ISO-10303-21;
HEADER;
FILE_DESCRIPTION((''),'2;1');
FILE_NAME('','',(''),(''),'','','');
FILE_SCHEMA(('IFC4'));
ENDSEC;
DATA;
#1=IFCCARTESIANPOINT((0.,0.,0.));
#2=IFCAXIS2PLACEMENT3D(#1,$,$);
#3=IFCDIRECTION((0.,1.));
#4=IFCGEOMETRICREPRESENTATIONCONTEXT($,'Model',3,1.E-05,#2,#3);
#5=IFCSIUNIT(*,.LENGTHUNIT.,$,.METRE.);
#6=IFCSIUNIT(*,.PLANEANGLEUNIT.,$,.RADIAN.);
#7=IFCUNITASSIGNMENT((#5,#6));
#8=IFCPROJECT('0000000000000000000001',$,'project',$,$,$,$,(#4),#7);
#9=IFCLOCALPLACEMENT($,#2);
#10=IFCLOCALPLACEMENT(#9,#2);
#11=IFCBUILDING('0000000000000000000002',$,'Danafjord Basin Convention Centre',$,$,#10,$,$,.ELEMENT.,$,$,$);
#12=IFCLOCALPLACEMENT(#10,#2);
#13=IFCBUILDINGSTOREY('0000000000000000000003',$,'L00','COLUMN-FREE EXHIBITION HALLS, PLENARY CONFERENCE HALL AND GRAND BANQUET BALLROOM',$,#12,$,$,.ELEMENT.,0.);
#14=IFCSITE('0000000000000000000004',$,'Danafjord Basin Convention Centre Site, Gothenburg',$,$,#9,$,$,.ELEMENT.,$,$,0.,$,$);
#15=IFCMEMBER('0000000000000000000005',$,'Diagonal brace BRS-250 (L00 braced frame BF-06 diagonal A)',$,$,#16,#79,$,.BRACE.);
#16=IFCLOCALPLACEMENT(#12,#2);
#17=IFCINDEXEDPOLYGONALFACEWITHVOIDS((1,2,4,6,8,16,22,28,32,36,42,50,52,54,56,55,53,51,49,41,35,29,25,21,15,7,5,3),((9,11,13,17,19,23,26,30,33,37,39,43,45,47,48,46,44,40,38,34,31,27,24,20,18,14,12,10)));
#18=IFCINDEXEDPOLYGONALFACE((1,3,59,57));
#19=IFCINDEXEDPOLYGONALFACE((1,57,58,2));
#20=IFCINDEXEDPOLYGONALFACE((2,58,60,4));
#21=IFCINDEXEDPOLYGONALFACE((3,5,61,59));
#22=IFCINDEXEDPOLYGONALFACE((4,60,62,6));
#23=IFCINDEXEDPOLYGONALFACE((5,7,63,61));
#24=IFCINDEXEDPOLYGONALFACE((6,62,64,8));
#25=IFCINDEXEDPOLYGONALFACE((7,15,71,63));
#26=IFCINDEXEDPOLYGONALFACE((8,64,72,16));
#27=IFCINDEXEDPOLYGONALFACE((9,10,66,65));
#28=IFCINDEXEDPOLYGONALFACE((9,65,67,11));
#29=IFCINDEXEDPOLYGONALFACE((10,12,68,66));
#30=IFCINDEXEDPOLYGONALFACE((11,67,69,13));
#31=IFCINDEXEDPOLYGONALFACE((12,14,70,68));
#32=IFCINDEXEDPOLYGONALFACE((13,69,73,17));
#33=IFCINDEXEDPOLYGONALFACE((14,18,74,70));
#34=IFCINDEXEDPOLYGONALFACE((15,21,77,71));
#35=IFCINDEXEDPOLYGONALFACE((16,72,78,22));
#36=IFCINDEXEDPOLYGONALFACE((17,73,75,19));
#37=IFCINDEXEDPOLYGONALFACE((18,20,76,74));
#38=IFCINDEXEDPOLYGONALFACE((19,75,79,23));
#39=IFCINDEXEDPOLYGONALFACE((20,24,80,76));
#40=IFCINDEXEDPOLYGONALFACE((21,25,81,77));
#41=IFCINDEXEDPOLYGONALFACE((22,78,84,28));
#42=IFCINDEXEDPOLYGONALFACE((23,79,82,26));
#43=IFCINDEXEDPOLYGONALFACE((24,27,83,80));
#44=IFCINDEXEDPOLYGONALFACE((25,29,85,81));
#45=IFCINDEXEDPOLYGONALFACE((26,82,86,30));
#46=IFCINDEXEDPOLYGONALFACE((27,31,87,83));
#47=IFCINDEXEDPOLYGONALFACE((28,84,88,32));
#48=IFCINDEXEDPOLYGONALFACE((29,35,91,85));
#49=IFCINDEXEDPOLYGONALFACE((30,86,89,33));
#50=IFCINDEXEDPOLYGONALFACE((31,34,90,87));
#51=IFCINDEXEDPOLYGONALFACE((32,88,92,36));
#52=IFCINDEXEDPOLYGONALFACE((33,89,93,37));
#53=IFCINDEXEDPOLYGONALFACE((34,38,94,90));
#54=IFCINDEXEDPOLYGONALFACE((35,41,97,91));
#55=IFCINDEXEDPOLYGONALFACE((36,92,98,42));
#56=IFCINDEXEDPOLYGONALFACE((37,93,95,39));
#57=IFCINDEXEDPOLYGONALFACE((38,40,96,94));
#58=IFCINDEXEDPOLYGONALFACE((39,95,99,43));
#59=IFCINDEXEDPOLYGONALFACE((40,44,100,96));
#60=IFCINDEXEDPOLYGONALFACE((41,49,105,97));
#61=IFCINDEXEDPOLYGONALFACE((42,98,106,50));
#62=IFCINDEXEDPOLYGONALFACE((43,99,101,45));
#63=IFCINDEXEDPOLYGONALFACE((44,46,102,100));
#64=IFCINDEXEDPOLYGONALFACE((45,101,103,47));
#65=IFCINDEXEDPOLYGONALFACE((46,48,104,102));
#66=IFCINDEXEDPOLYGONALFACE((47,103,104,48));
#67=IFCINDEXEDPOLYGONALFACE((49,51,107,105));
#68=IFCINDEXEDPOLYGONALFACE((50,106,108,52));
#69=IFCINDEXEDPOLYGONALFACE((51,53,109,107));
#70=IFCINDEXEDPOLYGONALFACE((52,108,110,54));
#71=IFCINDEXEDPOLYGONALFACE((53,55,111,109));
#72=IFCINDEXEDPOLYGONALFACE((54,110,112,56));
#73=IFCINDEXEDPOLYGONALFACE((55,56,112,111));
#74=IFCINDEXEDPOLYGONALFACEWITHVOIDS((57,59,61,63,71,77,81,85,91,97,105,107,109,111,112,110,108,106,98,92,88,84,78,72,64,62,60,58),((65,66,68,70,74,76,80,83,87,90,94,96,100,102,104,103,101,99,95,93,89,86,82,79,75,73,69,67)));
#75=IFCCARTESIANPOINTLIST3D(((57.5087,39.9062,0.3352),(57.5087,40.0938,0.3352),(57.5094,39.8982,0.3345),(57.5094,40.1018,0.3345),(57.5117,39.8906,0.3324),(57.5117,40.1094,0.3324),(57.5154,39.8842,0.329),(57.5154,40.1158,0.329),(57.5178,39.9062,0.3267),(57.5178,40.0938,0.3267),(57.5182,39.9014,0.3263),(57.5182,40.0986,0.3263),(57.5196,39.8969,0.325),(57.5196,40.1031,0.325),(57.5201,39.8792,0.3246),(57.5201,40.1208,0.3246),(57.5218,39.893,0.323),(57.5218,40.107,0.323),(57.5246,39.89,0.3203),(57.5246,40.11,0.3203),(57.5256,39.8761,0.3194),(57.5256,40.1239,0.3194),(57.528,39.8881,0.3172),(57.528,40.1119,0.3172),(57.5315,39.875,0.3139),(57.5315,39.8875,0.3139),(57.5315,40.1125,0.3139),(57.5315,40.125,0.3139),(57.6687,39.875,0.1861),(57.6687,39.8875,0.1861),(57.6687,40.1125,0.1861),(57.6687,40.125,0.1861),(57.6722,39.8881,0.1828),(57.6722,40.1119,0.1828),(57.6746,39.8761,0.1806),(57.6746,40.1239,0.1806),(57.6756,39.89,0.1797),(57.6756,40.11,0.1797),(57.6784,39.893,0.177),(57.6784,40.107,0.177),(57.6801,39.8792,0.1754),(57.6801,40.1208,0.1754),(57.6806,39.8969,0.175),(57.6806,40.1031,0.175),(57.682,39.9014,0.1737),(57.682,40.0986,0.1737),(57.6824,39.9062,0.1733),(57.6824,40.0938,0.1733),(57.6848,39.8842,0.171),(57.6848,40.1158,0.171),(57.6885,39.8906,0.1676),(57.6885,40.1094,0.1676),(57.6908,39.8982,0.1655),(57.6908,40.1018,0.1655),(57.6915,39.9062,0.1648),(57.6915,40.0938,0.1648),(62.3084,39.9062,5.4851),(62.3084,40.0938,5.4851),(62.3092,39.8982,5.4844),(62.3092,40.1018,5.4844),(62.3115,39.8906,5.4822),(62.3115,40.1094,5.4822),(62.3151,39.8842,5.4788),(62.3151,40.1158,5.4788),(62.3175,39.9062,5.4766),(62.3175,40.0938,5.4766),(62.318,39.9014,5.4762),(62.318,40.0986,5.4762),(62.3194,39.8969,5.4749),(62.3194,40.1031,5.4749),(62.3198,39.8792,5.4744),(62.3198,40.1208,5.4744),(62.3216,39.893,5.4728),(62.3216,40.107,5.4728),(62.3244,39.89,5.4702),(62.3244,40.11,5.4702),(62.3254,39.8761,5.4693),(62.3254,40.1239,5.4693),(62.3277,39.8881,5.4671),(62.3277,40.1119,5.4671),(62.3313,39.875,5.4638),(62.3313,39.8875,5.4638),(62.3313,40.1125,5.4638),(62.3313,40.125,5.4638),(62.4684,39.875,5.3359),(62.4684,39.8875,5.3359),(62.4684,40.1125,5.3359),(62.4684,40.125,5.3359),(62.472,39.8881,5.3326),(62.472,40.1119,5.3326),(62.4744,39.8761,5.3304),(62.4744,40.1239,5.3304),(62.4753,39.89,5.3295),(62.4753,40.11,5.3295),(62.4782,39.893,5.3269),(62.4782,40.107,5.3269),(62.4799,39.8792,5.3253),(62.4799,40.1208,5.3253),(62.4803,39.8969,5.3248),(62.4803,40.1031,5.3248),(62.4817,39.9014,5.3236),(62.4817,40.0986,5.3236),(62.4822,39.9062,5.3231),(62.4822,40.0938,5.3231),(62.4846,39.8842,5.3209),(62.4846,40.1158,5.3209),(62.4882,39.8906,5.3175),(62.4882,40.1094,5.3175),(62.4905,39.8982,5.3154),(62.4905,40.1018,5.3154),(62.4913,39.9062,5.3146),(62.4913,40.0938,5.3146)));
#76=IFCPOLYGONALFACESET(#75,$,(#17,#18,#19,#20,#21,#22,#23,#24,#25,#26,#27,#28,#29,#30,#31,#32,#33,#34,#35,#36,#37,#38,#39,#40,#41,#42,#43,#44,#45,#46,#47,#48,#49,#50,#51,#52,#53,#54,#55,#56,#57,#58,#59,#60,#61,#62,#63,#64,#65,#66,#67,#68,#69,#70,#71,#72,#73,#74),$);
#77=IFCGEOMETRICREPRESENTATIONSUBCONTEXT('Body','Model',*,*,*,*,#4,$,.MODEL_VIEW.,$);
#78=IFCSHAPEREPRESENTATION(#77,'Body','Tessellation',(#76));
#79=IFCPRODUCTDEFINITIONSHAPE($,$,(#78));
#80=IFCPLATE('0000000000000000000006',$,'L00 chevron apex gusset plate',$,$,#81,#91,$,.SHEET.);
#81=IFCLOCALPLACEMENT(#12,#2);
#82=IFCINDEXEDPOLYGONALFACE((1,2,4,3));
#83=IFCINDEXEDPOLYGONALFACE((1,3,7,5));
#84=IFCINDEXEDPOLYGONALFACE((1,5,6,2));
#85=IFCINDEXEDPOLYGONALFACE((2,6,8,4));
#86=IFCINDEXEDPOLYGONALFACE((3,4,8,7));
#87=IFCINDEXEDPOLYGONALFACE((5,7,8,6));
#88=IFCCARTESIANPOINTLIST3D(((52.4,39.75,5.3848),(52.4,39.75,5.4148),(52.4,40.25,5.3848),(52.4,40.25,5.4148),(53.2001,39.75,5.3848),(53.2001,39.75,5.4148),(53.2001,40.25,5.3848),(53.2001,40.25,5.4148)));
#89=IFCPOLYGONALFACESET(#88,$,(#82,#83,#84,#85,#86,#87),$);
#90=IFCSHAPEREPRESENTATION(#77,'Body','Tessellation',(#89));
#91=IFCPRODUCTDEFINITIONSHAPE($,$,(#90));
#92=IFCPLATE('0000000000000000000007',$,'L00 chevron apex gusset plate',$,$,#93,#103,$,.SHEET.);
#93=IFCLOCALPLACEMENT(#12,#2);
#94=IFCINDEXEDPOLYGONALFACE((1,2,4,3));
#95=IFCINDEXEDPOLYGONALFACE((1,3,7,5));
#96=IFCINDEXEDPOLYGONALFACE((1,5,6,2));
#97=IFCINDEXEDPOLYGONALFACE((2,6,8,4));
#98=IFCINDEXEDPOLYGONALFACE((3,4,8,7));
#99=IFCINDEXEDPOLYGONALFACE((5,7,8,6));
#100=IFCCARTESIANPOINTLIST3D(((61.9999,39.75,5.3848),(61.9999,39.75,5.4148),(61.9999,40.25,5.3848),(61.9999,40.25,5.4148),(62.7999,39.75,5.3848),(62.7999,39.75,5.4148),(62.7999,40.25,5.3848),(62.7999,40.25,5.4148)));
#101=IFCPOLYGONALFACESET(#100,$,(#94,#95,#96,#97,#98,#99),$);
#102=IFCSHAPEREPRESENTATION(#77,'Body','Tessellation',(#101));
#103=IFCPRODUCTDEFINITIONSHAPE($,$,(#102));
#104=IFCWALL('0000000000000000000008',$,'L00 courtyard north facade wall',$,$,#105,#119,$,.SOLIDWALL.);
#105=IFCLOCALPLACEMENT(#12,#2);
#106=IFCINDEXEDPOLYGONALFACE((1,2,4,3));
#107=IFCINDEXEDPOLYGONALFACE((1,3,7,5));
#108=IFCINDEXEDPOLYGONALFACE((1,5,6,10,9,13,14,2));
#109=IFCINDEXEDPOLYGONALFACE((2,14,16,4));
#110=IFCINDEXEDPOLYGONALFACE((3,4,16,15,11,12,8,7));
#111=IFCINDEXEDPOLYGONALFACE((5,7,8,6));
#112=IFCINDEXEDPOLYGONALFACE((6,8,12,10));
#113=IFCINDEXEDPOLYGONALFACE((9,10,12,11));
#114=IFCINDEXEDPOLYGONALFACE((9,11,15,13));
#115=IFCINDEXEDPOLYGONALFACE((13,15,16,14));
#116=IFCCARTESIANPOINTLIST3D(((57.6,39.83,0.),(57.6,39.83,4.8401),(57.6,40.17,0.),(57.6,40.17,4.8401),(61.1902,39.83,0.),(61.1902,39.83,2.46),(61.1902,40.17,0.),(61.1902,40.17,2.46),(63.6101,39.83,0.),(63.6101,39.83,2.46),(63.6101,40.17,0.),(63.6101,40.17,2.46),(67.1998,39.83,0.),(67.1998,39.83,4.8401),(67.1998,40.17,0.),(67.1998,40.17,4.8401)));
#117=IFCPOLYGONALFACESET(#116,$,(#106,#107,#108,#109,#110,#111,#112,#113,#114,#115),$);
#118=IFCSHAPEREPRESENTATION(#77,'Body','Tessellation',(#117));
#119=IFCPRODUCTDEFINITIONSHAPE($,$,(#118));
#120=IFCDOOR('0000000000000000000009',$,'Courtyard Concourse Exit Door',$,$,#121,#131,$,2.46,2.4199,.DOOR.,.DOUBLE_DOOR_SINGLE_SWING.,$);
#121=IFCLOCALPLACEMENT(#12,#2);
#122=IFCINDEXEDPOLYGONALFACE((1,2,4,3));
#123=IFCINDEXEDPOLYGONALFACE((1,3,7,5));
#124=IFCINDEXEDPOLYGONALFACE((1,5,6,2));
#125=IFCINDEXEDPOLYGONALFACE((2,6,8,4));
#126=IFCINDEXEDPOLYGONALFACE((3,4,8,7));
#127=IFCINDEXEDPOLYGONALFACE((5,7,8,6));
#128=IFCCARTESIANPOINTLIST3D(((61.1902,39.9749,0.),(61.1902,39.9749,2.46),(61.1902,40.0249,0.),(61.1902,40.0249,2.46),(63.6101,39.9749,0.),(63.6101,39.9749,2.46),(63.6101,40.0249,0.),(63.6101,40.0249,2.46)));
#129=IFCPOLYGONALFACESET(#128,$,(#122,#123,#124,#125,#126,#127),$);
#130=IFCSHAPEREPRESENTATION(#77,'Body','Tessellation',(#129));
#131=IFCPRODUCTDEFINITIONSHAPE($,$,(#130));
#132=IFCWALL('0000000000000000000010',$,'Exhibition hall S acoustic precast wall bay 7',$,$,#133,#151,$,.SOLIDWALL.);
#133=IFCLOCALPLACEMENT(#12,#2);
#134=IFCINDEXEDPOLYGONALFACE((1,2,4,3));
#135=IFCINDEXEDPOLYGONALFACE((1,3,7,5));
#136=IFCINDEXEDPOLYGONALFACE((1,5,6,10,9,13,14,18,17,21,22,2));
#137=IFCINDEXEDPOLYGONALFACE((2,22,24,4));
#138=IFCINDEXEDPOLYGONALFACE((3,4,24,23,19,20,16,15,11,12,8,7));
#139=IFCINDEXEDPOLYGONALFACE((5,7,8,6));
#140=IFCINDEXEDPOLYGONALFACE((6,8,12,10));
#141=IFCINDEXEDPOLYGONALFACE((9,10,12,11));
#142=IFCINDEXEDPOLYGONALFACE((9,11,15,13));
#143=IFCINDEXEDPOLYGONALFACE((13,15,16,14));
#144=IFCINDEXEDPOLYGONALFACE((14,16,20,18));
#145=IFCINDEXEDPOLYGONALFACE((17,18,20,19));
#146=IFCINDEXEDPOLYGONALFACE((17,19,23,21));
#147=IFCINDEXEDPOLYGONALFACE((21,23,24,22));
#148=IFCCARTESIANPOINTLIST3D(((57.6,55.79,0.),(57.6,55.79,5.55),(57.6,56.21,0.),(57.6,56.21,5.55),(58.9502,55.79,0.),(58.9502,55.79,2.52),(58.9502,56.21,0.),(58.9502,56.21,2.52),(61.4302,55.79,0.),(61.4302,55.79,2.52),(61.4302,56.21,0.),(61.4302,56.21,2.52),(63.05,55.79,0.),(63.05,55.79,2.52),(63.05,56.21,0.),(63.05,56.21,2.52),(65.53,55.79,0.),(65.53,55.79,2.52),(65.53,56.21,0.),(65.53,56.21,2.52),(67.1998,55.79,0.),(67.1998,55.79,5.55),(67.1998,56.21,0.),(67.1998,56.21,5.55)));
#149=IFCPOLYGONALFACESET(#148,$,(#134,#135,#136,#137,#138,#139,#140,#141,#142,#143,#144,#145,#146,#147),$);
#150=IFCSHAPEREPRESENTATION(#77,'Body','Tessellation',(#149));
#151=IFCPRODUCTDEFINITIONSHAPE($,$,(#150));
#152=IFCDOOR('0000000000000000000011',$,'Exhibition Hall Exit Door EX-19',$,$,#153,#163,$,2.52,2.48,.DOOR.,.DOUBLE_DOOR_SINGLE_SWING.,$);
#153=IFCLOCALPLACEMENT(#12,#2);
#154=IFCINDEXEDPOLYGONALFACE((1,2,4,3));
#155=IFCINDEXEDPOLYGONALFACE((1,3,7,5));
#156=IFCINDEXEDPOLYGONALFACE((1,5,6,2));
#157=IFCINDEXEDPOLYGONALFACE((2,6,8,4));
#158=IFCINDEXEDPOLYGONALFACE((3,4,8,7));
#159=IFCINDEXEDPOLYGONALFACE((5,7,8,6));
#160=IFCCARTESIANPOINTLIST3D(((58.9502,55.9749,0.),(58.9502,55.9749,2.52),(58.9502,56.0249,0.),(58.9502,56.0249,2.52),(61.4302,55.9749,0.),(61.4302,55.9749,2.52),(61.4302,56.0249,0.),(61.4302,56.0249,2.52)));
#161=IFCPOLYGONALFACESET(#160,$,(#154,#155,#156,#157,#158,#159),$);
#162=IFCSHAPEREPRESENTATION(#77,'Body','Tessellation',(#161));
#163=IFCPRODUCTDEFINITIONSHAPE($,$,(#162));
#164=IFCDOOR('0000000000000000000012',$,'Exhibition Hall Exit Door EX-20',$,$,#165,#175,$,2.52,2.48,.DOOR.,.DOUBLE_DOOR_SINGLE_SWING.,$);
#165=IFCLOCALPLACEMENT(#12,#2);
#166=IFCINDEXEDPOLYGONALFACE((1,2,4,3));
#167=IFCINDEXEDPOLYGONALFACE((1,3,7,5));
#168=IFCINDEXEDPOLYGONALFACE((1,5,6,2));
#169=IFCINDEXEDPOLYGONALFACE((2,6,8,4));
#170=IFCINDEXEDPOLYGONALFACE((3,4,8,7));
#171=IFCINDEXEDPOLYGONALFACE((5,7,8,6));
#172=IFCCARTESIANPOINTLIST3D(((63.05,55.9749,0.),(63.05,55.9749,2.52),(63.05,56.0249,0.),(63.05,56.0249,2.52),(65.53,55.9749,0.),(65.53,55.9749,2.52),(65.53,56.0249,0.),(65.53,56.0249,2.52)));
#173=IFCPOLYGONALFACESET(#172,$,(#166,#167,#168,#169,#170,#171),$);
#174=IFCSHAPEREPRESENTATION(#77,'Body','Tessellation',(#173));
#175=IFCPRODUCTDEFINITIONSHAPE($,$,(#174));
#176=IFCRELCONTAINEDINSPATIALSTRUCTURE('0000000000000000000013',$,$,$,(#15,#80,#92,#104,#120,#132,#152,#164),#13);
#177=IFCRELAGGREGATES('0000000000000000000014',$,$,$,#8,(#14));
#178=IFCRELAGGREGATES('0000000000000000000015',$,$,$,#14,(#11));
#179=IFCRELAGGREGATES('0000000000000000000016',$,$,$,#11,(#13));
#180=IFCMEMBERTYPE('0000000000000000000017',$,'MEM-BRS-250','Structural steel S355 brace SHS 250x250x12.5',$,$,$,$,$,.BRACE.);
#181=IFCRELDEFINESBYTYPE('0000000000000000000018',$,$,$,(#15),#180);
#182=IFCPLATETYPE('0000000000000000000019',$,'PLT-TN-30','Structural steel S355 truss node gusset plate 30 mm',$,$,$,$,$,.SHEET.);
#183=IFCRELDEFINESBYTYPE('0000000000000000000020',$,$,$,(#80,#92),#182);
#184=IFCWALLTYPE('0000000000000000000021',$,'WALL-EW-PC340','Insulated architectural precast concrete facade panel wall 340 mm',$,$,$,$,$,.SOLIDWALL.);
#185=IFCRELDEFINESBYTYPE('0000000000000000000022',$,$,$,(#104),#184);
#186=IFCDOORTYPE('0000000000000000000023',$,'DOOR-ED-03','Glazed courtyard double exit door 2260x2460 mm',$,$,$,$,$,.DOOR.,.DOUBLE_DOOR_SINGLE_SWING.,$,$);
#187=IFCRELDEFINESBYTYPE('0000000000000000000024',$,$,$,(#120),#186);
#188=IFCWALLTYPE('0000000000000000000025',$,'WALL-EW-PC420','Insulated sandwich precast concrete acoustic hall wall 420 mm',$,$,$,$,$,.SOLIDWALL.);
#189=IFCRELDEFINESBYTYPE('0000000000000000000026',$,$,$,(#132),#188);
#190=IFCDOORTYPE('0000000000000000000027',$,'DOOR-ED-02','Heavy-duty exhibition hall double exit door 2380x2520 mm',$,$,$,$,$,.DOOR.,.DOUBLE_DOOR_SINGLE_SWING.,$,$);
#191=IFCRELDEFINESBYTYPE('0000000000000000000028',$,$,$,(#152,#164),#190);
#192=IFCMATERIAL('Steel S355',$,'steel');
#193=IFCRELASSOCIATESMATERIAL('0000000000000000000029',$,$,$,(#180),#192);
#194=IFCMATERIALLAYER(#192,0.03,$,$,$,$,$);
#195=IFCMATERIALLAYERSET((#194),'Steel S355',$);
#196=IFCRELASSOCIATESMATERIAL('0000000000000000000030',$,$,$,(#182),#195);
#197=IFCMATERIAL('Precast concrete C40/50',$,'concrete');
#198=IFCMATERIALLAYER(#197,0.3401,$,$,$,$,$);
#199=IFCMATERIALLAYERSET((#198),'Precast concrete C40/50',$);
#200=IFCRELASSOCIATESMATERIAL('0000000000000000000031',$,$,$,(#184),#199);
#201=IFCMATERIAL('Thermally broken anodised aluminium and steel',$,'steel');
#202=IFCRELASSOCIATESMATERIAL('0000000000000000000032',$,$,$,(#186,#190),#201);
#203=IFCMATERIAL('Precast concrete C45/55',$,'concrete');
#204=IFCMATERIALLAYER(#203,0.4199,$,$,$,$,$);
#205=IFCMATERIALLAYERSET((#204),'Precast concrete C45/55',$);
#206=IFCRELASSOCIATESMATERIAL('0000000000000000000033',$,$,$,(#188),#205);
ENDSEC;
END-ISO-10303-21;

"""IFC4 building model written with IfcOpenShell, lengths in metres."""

from ifc_helpers import new_model, si_unit, direction, frame, frame_2d, origin, origin_2d, place, context, subcontext, project, spatial, rectangle, hollow_rectangle, extrude, material, layer, layer_set, material_profile, profile_set, type_object, element, fill, save


model = new_model("IFC4")

# Units and contexts
model_context = context("Model", 3, precision=1e-05, world=origin(), true_north=direction((0.0, 1.0)))
body_context = subcontext(model_context, "Body", "Model", "MODEL_VIEW")
ifc_project = project(units=[si_unit("LENGTHUNIT", "METRE"), si_unit("PLANEANGLEUNIT", "RADIAN")], contexts=[model_context])

# Site, building, storey
site_placement = place(None, origin())
site = spatial("IfcSite", under=ifc_project, at=site_placement, Name="Danafjord Basin Convention Centre Site, Gothenburg", CompositionType="ELEMENT", RefElevation=0.0)
building_placement = place(site_placement, origin())
building = spatial("IfcBuilding", under=site, at=building_placement, Name="Danafjord Basin Convention Centre", CompositionType="ELEMENT")
storey_placement = place(building_placement, origin())
storey = spatial("IfcBuildingStorey", under=building, at=storey_placement, Name="L00", Description="COLUMN-FREE EXHIBITION HALLS, PLENARY CONFERENCE HALL AND GRAND BANQUET BALLROOM", CompositionType="ELEMENT", Elevation=0.0)

# Shared definitions
ifc_material_1 = material(Name="Steel S355", Category="steel")

# Member
ifc_material_profile_1 = material_profile(ifc_material_1, hollow_rectangle(XDim=0.25, YDim=0.25, WallThickness=0.0125, InnerFilletRadius=0.0188, OuterFilletRadius=0.0312, at=origin_2d()), Name="SHS 250x250x12.5")
ifc_profile_set_1 = profile_set([ifc_material_profile_1], Name="Steel S355")
member_type_1 = type_object("IfcMemberType", Name="MEM-BRS-250", Description="Structural steel S355 brace SHS 250x250x12.5", PredefinedType="BRACE", material=ifc_profile_set_1)
member_1_placement = place(storey_placement, frame((57.6001, 40.0, 0.25), z_axis=(0.681804, 0.0, 0.731535), x_axis=(0.0, 1.0, 0.0)))
element("IfcMember", 1, at=member_1_placement, inside=storey, type_object=member_type_1, Name="Diagonal brace BRS-250 (L00 braced frame BF-06 diagonal A)", PredefinedType="BRACE", context=body_context, shape_type="SweptSolid", body=[
    extrude(hollow_rectangle(XDim=0.25, YDim=0.25, WallThickness=0.0125, InnerFilletRadius=0.0188, OuterFilletRadius=0.0312, at=origin_2d()), origin(), (0.0, 0.0, 1.0), 7.0398),
])

# Plates
ifc_layer_1 = layer(ifc_material_1, 0.03)
ifc_layer_set_1 = layer_set([ifc_layer_1], Name="Steel S355")
plate_type = type_object("IfcPlateType", Name="PLT-TN-30", Description="Structural steel S355 truss node gusset plate 30 mm", PredefinedType="SHEET", material=ifc_layer_set_1)
for number, where, z_axis, x_axis, name in (
    (2, (52.8, 40.0, 5.3848), (0.0, 0.0, 1.0), (1.0, 0.0, 0.0), "L00 chevron apex gusset plate"),
    (3, (62.3999, 40.0, 5.3848), (0.0, 0.0, 1.0), (1.0, 0.0, 0.0), "L00 chevron apex gusset plate"),
):
    element("IfcPlate", number, at=place(storey_placement, frame(where, z_axis=z_axis, x_axis=x_axis)), inside=storey, type_object=plate_type, Name=name, PredefinedType="SHEET", context=body_context, shape_type="SweptSolid", body=[
        extrude(rectangle(XDim=0.8, YDim=0.5, at=origin_2d()), origin(), (0.0, 0.0, 1.0), 0.03),
    ])

# Wall, opening, door
ifc_material_2 = material(Name="Precast concrete C40/50", Category="concrete")
ifc_layer_2 = layer(ifc_material_2, 0.3401)
ifc_layer_set_2 = layer_set([ifc_layer_2], Name="Precast concrete C40/50")
wall_type_1 = type_object("IfcWallType", Name="WALL-EW-PC340", Description="Insulated architectural precast concrete facade panel wall 340 mm", PredefinedType="SOLIDWALL", material=ifc_layer_set_2)
wall_1_placement = place(storey_placement, frame((57.6001, 40.0, 0.0), z_axis=(0.0, 0.0, 1.0), x_axis=(1.0, 0.0, 0.0)))
wall_1 = element("IfcWall", 4, at=wall_1_placement, inside=storey, type_object=wall_type_1, Name="L00 courtyard north facade wall", PredefinedType="SOLIDWALL", context=body_context, shape_type="SweptSolid", body=[
    extrude(rectangle(XDim=9.5999, YDim=0.3401, at=frame_2d((4.7998, 0.0))), origin(), (0.0, 0.0, 1.0), 4.8401),
])
opening_1_placement = place(wall_1_placement, frame((3.5901, 0.0, 0.0)))
opening_1 = element("IfcOpeningElement", 5, at=opening_1_placement, cuts=wall_1, PredefinedType="OPENING", context=body_context, shape_type="SweptSolid", body=[
    extrude(rectangle(XDim=2.4199, YDim=2.46, at=frame_2d((1.21, 1.23))), frame((0.0, 0.1799, 0.0), z_axis=(0.0, -1.0, 0.0), x_axis=(1.0, 0.0, 0.0)), (0.0, 0.0, 1.0), 0.3601),
])
ifc_material_3 = material(Name="Thermally broken anodised aluminium and steel", Category="steel")
door_type_1 = type_object("IfcDoorType", Name="DOOR-ED-03", Description="Glazed courtyard double exit door 2260x2460 mm", OperationType="DOUBLE_DOOR_SINGLE_SWING", PredefinedType="DOOR", material=ifc_material_3)
door_1_placement = place(opening_1_placement, origin())
door_1 = element("IfcDoor", 6, at=door_1_placement, inside=storey, type_object=door_type_1, Name="Courtyard Concourse Exit Door", OperationType="DOUBLE_DOOR_SINGLE_SWING", OverallHeight=2.46, OverallWidth=2.4199, PredefinedType="DOOR", context=body_context, shape_type="SweptSolid", body=[
    extrude(rectangle(XDim=2.4199, YDim=2.46, at=frame_2d((1.21, 1.23))), frame((0.0, 0.0249, 0.0), z_axis=(0.0, -1.0, 0.0), x_axis=(1.0, 0.0, 0.0)), (0.0, 0.0, 1.0), 0.05),
])
fill(opening_1, door_1)

# Wall, openings, doors
ifc_material_4 = material(Name="Precast concrete C45/55", Category="concrete")
ifc_layer_3 = layer(ifc_material_4, 0.4199)
ifc_layer_set_3 = layer_set([ifc_layer_3], Name="Precast concrete C45/55")
wall_type_2 = type_object("IfcWallType", Name="WALL-EW-PC420", Description="Insulated sandwich precast concrete acoustic hall wall 420 mm", PredefinedType="SOLIDWALL", material=ifc_layer_set_3)
wall_2_placement = place(storey_placement, frame((57.6001, 56.0, 0.0), z_axis=(0.0, 0.0, 1.0), x_axis=(1.0, 0.0, 0.0)))
wall_2 = element("IfcWall", 7, at=wall_2_placement, inside=storey, type_object=wall_type_2, Name="Exhibition hall S acoustic precast wall bay 7", PredefinedType="SOLIDWALL", context=body_context, shape_type="SweptSolid", body=[
    extrude(rectangle(XDim=9.5999, YDim=0.4199, at=frame_2d((4.7998, 0.0))), origin(), (0.0, 0.0, 1.0), 5.55),
])
opening_2_placement = place(wall_2_placement, frame((1.3501, 0.0, 0.0)))
opening_2 = element("IfcOpeningElement", 8, at=opening_2_placement, cuts=wall_2, PredefinedType="OPENING", context=body_context, shape_type="SweptSolid", body=[
    extrude(rectangle(XDim=2.48, YDim=2.52, at=frame_2d((1.24, 1.26))), frame((0.0, 0.22, 0.0), z_axis=(0.0, -1.0, 0.0), x_axis=(1.0, 0.0, 0.0)), (0.0, 0.0, 1.0), 0.4399),
])
opening_3_placement = place(wall_2_placement, frame((5.45, 0.0, 0.0)))
opening_3 = element("IfcOpeningElement", 9, at=opening_3_placement, cuts=wall_2, PredefinedType="OPENING", context=body_context, shape_type="SweptSolid", body=[
    extrude(rectangle(XDim=2.48, YDim=2.52, at=frame_2d((1.24, 1.26))), frame((0.0, 0.22, 0.0), z_axis=(0.0, -1.0, 0.0), x_axis=(1.0, 0.0, 0.0)), (0.0, 0.0, 1.0), 0.4399),
])
door_type_2 = type_object("IfcDoorType", Name="DOOR-ED-02", Description="Heavy-duty exhibition hall double exit door 2380x2520 mm", OperationType="DOUBLE_DOOR_SINGLE_SWING", PredefinedType="DOOR", material=ifc_material_3)
door_2_placement = place(opening_2_placement, origin())
door_2 = element("IfcDoor", 10, at=door_2_placement, inside=storey, type_object=door_type_2, Name="Exhibition Hall Exit Door EX-19", OperationType="DOUBLE_DOOR_SINGLE_SWING", OverallHeight=2.52, OverallWidth=2.48, PredefinedType="DOOR", context=body_context, shape_type="SweptSolid", body=[
    extrude(rectangle(XDim=2.48, YDim=2.52, at=frame_2d((1.24, 1.26))), frame((0.0, 0.0249, 0.0), z_axis=(0.0, -1.0, 0.0), x_axis=(1.0, 0.0, 0.0)), (0.0, 0.0, 1.0), 0.05),
])
fill(opening_2, door_2)
door_3_placement = place(opening_3_placement, origin())
door_3 = element("IfcDoor", 11, at=door_3_placement, inside=storey, type_object=door_type_2, Name="Exhibition Hall Exit Door EX-20", OperationType="DOUBLE_DOOR_SINGLE_SWING", OverallHeight=2.52, OverallWidth=2.48, PredefinedType="DOOR", context=body_context, shape_type="SweptSolid", body=[
    extrude(rectangle(XDim=2.48, YDim=2.52, at=frame_2d((1.24, 1.26))), frame((0.0, 0.0249, 0.0), z_axis=(0.0, -1.0, 0.0), x_axis=(1.0, 0.0, 0.0)), (0.0, 0.0, 1.0), 0.05),
])
fill(opening_3, door_3)

save(model, "model.ifc")
